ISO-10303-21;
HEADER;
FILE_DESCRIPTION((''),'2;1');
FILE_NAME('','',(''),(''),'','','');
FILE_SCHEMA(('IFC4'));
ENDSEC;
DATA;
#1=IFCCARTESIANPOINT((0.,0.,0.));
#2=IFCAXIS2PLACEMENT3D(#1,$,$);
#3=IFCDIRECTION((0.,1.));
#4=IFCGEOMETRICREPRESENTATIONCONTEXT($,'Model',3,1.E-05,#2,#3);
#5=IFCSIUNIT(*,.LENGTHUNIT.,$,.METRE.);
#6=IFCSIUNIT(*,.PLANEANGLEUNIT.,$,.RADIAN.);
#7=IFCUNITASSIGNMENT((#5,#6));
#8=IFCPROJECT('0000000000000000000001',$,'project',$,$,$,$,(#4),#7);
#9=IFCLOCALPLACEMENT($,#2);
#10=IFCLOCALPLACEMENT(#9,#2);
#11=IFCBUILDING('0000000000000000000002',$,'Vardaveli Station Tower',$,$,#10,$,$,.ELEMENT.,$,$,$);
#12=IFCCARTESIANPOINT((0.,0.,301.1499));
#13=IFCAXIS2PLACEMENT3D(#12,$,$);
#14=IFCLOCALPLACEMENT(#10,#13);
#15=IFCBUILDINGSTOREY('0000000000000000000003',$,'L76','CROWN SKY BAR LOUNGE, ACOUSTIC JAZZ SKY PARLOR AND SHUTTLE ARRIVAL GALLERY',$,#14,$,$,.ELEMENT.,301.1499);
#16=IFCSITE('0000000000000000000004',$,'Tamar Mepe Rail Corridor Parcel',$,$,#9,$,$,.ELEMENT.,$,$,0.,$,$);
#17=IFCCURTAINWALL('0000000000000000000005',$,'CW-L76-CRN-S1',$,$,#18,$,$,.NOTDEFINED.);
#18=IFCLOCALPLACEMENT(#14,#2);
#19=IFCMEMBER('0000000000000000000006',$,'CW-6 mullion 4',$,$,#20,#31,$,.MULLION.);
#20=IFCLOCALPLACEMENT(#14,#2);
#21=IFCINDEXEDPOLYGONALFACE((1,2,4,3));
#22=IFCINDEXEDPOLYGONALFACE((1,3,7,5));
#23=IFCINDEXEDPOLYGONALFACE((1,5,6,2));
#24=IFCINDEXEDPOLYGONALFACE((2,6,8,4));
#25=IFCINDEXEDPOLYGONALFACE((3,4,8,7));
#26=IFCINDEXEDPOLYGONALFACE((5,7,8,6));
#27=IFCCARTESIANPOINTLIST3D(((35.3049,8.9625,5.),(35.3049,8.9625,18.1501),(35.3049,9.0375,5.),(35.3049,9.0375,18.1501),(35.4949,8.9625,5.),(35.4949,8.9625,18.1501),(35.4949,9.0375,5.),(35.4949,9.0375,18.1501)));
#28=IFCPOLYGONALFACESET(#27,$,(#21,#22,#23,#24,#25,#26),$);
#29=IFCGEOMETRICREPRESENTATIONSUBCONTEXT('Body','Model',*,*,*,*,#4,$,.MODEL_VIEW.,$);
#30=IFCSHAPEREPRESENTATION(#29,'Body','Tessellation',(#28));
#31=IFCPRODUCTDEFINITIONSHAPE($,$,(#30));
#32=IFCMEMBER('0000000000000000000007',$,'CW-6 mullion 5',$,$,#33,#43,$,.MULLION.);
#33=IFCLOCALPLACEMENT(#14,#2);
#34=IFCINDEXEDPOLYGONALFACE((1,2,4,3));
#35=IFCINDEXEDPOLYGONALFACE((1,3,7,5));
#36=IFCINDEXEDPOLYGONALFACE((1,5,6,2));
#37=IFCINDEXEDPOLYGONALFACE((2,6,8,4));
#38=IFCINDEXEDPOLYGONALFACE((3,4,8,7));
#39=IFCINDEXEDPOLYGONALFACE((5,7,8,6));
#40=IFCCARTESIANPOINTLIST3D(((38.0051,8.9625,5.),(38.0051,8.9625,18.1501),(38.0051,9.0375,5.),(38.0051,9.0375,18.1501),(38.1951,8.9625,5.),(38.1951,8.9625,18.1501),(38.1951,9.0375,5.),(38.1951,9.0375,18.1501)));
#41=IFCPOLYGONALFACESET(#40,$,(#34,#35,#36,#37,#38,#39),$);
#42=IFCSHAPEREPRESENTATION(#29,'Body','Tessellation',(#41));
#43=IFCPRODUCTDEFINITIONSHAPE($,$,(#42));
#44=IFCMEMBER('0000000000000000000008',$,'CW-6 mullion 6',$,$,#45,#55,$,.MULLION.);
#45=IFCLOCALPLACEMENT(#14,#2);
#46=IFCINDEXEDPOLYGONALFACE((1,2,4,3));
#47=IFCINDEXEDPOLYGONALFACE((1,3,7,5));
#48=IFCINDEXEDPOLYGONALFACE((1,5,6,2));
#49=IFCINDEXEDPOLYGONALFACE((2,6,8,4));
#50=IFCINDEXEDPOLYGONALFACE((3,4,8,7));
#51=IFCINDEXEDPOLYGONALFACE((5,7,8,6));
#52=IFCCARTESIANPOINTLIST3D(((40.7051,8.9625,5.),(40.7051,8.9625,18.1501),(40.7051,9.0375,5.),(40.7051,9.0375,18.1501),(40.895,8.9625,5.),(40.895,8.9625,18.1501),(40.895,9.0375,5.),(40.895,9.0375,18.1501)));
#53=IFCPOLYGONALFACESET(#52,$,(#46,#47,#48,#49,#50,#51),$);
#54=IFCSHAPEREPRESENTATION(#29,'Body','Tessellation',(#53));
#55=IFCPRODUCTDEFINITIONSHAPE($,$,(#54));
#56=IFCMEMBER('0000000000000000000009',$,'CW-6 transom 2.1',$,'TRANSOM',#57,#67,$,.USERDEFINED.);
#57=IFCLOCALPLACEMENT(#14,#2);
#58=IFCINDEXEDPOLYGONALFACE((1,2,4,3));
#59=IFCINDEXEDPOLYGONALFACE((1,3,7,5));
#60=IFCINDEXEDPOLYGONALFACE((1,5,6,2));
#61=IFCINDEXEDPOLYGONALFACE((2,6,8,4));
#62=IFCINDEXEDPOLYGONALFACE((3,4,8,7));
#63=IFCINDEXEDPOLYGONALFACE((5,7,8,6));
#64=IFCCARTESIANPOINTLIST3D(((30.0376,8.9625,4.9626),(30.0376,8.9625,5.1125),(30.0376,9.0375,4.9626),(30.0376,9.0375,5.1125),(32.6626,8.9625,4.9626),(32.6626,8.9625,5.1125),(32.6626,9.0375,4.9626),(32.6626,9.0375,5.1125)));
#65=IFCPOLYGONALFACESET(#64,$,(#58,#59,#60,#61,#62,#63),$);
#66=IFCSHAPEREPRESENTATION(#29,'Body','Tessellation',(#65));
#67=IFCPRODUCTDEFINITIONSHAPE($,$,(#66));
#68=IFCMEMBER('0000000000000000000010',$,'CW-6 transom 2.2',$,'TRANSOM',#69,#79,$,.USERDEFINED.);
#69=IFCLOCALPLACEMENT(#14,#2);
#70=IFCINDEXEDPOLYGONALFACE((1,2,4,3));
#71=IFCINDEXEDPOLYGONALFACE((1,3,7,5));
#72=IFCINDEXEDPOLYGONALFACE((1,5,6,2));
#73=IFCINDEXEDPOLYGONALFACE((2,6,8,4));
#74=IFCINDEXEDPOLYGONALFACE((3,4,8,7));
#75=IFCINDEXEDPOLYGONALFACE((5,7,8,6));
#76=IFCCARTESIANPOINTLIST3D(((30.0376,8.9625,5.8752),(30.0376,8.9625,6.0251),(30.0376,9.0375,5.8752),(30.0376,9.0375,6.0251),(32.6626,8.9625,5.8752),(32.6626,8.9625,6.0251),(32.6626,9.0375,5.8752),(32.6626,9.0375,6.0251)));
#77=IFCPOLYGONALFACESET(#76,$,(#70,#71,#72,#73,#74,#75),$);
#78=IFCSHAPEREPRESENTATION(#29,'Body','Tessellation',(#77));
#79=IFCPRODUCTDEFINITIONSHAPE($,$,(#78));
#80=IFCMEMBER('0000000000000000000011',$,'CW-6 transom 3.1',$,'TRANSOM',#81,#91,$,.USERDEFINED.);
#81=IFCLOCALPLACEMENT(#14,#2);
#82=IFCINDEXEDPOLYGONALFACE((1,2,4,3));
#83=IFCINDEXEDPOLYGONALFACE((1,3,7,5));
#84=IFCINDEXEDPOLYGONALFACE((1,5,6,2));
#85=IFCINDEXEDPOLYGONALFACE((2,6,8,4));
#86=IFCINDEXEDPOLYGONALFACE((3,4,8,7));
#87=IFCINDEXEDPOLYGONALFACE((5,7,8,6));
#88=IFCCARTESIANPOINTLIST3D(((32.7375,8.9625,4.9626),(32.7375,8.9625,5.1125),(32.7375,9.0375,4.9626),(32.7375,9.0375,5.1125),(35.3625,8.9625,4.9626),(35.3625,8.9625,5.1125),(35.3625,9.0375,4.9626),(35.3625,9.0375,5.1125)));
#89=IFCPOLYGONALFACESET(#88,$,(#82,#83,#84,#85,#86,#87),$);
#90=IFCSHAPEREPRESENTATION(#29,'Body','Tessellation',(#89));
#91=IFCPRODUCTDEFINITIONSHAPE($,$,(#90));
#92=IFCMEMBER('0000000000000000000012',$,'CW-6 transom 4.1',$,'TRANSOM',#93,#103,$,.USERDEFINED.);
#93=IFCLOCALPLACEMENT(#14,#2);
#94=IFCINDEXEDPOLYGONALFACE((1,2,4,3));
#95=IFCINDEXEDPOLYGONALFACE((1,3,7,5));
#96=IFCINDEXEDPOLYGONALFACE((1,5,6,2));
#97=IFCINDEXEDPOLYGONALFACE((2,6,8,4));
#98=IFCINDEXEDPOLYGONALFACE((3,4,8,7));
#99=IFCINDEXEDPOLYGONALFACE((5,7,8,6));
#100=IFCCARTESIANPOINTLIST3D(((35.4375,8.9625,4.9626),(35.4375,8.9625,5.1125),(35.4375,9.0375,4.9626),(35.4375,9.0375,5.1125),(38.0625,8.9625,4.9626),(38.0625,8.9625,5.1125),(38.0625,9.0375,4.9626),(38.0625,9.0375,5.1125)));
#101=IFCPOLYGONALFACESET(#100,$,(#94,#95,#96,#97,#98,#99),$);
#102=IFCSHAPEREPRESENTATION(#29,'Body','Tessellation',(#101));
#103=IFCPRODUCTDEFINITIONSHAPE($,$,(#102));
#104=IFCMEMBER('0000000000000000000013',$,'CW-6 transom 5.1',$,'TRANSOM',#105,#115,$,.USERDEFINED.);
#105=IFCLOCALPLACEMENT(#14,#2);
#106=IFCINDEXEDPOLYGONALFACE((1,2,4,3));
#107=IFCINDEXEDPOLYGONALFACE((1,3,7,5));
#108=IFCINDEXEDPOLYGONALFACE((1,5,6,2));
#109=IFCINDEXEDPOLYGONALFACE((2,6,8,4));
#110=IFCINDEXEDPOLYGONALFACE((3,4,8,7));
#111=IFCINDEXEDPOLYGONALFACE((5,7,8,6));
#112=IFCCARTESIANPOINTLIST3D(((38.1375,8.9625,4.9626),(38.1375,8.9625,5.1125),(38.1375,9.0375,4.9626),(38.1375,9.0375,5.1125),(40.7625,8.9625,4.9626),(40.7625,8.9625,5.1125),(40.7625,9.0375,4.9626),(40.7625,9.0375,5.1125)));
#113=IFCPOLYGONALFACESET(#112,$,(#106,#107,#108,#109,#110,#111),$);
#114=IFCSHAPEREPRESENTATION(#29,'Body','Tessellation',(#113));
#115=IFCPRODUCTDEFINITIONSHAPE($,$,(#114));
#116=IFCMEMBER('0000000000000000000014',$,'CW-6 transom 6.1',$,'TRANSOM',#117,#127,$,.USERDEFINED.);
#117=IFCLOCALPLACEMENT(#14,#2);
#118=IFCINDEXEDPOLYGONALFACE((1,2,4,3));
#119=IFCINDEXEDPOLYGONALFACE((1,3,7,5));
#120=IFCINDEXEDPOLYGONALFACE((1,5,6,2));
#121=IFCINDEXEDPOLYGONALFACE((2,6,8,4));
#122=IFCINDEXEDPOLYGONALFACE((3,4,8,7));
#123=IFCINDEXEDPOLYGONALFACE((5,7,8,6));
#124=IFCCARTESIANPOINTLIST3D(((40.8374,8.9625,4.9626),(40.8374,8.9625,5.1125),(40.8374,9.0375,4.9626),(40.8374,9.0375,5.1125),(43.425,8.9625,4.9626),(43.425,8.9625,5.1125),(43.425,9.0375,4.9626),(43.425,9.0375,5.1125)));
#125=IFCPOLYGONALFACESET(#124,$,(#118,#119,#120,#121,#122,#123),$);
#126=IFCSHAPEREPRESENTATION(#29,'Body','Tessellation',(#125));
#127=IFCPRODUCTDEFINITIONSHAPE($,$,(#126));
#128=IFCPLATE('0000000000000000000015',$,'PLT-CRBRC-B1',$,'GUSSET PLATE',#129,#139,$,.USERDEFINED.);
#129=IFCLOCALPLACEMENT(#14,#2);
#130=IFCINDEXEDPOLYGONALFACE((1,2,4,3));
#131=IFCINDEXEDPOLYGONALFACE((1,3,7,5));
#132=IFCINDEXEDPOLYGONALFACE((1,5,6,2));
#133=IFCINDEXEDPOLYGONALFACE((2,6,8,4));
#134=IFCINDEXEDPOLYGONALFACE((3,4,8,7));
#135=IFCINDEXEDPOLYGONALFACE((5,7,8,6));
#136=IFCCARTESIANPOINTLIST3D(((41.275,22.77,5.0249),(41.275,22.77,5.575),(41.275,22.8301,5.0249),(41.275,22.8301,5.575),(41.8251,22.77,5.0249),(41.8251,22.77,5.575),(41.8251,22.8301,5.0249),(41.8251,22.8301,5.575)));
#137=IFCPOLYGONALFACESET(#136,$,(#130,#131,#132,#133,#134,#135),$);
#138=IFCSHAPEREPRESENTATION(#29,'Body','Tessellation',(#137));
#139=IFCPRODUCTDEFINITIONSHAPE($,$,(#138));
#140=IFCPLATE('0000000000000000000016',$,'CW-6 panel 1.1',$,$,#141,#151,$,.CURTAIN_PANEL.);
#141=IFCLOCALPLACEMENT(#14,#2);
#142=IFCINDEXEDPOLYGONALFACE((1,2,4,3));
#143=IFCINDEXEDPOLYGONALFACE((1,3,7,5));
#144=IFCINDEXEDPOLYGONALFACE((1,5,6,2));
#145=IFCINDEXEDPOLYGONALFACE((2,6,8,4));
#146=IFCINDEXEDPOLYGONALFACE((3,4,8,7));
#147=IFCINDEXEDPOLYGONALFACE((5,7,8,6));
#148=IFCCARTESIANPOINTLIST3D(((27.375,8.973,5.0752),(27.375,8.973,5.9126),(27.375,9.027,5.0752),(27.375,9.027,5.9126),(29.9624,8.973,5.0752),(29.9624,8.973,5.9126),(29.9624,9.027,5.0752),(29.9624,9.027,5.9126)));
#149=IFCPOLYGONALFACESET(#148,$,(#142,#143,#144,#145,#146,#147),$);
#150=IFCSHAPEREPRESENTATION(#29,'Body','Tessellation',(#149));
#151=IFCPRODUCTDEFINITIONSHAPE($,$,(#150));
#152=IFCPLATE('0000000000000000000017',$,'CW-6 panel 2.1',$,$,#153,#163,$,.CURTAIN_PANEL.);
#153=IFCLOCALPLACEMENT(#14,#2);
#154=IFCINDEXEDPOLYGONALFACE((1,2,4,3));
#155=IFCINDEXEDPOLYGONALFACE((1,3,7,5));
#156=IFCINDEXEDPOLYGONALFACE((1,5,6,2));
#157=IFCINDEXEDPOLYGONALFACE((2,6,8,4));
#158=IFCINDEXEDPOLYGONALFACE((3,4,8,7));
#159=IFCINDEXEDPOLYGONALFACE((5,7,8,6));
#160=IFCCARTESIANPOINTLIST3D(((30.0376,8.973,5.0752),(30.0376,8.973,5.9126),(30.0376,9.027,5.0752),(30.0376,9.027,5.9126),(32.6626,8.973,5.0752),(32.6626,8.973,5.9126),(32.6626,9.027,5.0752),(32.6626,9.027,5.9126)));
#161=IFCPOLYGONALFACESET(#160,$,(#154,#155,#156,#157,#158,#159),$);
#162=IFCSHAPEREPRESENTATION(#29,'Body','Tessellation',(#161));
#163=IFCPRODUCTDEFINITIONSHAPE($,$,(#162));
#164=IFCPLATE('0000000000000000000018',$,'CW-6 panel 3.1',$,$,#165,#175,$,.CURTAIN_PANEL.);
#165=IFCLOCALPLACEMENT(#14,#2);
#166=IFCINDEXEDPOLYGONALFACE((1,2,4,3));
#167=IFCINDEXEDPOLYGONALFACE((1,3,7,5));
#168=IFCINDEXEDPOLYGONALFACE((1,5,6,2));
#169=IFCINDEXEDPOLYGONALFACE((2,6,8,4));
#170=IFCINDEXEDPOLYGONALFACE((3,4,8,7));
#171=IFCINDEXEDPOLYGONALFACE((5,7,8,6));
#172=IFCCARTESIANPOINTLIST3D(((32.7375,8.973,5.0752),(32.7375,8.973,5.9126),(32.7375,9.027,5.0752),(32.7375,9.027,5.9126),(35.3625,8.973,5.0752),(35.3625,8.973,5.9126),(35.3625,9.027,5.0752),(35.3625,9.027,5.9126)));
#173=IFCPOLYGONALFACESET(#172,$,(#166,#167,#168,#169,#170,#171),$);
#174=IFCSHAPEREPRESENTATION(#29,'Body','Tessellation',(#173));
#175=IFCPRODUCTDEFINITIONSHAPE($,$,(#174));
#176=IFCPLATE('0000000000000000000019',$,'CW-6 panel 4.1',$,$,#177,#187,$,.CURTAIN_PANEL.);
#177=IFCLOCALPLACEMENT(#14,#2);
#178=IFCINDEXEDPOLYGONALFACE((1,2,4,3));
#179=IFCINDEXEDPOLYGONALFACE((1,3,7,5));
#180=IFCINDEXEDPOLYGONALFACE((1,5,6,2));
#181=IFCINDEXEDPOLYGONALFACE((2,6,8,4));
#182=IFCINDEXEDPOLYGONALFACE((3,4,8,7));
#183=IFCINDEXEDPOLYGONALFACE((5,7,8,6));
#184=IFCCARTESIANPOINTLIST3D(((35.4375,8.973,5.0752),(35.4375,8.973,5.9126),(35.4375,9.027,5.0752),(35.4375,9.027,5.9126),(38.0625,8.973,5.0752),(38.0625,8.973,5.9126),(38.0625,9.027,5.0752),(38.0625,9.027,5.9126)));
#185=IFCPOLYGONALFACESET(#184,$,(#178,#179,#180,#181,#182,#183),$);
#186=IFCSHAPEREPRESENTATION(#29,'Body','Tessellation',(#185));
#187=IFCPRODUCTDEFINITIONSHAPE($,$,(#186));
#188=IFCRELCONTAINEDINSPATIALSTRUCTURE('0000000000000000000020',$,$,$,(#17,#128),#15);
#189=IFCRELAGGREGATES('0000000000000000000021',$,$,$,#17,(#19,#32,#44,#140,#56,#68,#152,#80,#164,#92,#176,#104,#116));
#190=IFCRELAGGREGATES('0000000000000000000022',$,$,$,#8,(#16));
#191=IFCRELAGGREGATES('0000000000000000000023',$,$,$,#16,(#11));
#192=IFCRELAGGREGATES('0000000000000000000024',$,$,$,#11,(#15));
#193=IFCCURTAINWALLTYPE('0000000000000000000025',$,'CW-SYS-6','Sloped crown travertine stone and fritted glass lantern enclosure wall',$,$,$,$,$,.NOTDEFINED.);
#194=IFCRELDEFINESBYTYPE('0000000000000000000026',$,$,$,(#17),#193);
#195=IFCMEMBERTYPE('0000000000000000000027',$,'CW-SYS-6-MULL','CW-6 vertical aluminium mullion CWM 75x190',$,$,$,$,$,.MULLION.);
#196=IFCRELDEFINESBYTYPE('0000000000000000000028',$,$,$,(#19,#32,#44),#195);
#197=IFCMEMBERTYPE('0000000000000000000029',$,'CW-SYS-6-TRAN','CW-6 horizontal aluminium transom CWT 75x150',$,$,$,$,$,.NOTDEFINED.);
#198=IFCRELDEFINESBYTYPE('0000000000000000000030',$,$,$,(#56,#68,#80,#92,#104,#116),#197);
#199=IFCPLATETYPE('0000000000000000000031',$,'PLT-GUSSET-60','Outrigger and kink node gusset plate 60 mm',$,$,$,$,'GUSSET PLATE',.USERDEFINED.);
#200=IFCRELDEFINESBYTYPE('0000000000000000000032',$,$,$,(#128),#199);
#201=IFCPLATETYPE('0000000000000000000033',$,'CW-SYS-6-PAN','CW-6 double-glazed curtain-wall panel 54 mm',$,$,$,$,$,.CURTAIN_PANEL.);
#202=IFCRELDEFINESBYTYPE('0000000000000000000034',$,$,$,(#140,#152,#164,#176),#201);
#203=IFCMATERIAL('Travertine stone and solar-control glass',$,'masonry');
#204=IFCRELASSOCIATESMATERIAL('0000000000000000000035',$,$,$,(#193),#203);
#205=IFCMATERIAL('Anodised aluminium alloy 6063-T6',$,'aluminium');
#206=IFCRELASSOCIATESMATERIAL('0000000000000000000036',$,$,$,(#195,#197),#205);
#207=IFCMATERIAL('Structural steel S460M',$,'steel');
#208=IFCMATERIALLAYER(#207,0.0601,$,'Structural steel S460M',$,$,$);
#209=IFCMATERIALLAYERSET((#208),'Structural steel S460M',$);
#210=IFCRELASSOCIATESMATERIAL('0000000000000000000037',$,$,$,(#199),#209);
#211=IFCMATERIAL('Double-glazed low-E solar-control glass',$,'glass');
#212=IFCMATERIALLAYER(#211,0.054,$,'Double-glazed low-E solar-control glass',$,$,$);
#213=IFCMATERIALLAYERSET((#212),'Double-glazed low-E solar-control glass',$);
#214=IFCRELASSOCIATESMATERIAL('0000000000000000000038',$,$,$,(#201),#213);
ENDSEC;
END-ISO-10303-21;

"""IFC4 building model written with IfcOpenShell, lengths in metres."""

from ifc_helpers import new_model, si_unit, direction, frame, origin, origin_2d, place, context, subcontext, project, spatial, rectangle, extrude, source, transform, mapped, material, layer, layer_set, material_profile, profile_set, type_object, element, aggregate, save


model = new_model("IFC4")

# Units and contexts
model_context = context("Model", 3, precision=1e-05, world=origin(), true_north=direction((0.0, 1.0)))
body_context = subcontext(model_context, "Body", "Model", "MODEL_VIEW")
ifc_project = project(units=[si_unit("LENGTHUNIT", "METRE"), si_unit("PLANEANGLEUNIT", "RADIAN")], contexts=[model_context])

# Site, building, storey
site_placement = place(None, origin())
site = spatial("IfcSite", under=ifc_project, at=site_placement, Name="Tamar Mepe Rail Corridor Parcel", CompositionType="ELEMENT", RefElevation=0.0)
building_placement = place(site_placement, origin())
building = spatial("IfcBuilding", under=site, at=building_placement, Name="Vardaveli Station Tower", CompositionType="ELEMENT")
storey_placement = place(building_placement, frame((0.0, 0.0, 301.1499)))
storey = spatial("IfcBuildingStorey", under=building, at=storey_placement, Name="L76", Description="CROWN SKY BAR LOUNGE, ACOUSTIC JAZZ SKY PARLOR AND SHUTTLE ARRIVAL GALLERY", CompositionType="ELEMENT", Elevation=301.1499)

# Shared definitions
ifc_material_1 = material(Name="Structural steel S460M", Category="steel")

# Curtain wall, members
ifc_material_2 = material(Name="Travertine stone and solar-control glass", Category="masonry")
curtain_wall_type = type_object("IfcCurtainWallType", Name="CW-SYS-6", Description="Sloped crown travertine stone and fritted glass lantern enclosure wall", PredefinedType="NOTDEFINED", material=ifc_material_2)
curtain_wall_placement = place(storey_placement, origin())
curtain_wall = element("IfcCurtainWall", 1, at=curtain_wall_placement, inside=storey, type_object=curtain_wall_type, Name="CW-L76-CRN-S1", PredefinedType="NOTDEFINED")
ifc_material_3 = material(Name="Anodised aluminium alloy 6063-T6", Category="aluminium")
ifc_material_profile_1 = material_profile(ifc_material_3, rectangle(XDim=0.075, YDim=0.1899, at=origin_2d()), Name="CWM 75x190")
ifc_profile_set_1 = profile_set([ifc_material_profile_1], Name="Anodised aluminium alloy 6063-T6")
member_type_1 = type_object("IfcMemberType", Name="CW-SYS-6-MULL", Description="CW-6 vertical aluminium mullion CWM 75x190", PredefinedType="MULLION", material=ifc_profile_set_1)
shared_shape_1 = source(origin(), body_context, "Body", "SweptSolid", [
    extrude(rectangle(XDim=0.075, YDim=0.1899, at=origin_2d()), origin(), (0.0, 0.0, 1.0), 13.1501),
])
member_1_placement = place(storey_placement, frame((35.3999, 9.0, 5.0), z_axis=(0.0, 0.0, 1.0), x_axis=(0.0, 1.0, 0.0)))
member_1 = element("IfcMember", 2, at=member_1_placement, type_object=member_type_1, Name="CW-6 mullion 4", PredefinedType="MULLION", context=body_context, shape_type="MappedRepresentation", body=[
    mapped(shared_shape_1, transform((0.0, 0.0, 0.0), scale=1.0)),
])
member_2_placement = place(storey_placement, frame((38.1001, 9.0, 5.0), z_axis=(0.0, 0.0, 1.0), x_axis=(0.0, 1.0, 0.0)))
member_2 = element("IfcMember", 3, at=member_2_placement, type_object=member_type_1, Name="CW-6 mullion 5", PredefinedType="MULLION", context=body_context, shape_type="MappedRepresentation", body=[
    mapped(shared_shape_1, transform((0.0, 0.0, 0.0), scale=1.0)),
])
member_3_placement = place(storey_placement, frame((40.8, 9.0, 5.0), z_axis=(0.0, 0.0, 1.0), x_axis=(0.0, 1.0, 0.0)))
member_3 = element("IfcMember", 4, at=member_3_placement, type_object=member_type_1, Name="CW-6 mullion 6", PredefinedType="MULLION", context=body_context, shape_type="MappedRepresentation", body=[
    mapped(shared_shape_1, transform((0.0, 0.0, 0.0), scale=1.0)),
])
ifc_material_profile_2 = material_profile(ifc_material_3, rectangle(XDim=0.075, YDim=0.1499, at=origin_2d()), Name="CWT 75x150")
ifc_profile_set_2 = profile_set([ifc_material_profile_2], Name="Anodised aluminium alloy 6063-T6")
member_type_2 = type_object("IfcMemberType", Name="CW-SYS-6-TRAN", Description="CW-6 horizontal aluminium transom CWT 75x150", PredefinedType="NOTDEFINED", material=ifc_profile_set_2)
shared_shape_2 = source(origin(), body_context, "Body", "SweptSolid", [
    extrude(rectangle(XDim=0.075, YDim=0.1499, at=origin_2d()), origin(), (0.0, 0.0, 1.0), 2.625),
])
member_4_placement = place(storey_placement, frame((30.0376, 9.0, 5.0376), z_axis=(1.0, 0.0, 0.0), x_axis=(0.0, 1.0, 0.0)))
member_4 = element("IfcMember", 5, at=member_4_placement, type_object=member_type_2, Name="CW-6 transom 2.1", ObjectType="TRANSOM", PredefinedType="USERDEFINED", context=body_context, shape_type="MappedRepresentation", body=[
    mapped(shared_shape_2, transform((0.0, 0.0, 0.0), scale=1.0)),
])
member_5_placement = place(storey_placement, frame((30.0376, 9.0, 5.9502), z_axis=(1.0, 0.0, 0.0), x_axis=(0.0, 1.0, 0.0)))
member_5 = element("IfcMember", 6, at=member_5_placement, type_object=member_type_2, Name="CW-6 transom 2.2", ObjectType="TRANSOM", PredefinedType="USERDEFINED", context=body_context, shape_type="MappedRepresentation", body=[
    mapped(shared_shape_2, transform((0.0, 0.0, 0.0), scale=1.0)),
])
member_6_placement = place(storey_placement, frame((32.7375, 9.0, 5.0376), z_axis=(1.0, 0.0, 0.0), x_axis=(0.0, 1.0, 0.0)))
member_6 = element("IfcMember", 7, at=member_6_placement, type_object=member_type_2, Name="CW-6 transom 3.1", ObjectType="TRANSOM", PredefinedType="USERDEFINED", context=body_context, shape_type="MappedRepresentation", body=[
    mapped(shared_shape_2, transform((0.0, 0.0, 0.0), scale=1.0)),
])
member_7_placement = place(storey_placement, frame((35.4375, 9.0, 5.0376), z_axis=(1.0, 0.0, 0.0), x_axis=(0.0, 1.0, 0.0)))
member_7 = element("IfcMember", 8, at=member_7_placement, type_object=member_type_2, Name="CW-6 transom 4.1", ObjectType="TRANSOM", PredefinedType="USERDEFINED", context=body_context, shape_type="MappedRepresentation", body=[
    mapped(shared_shape_2, transform((0.0, 0.0, 0.0), scale=1.0)),
])
member_8_placement = place(storey_placement, frame((38.1375, 9.0, 5.0376), z_axis=(1.0, 0.0, 0.0), x_axis=(0.0, 1.0, 0.0)))
member_8 = element("IfcMember", 9, at=member_8_placement, type_object=member_type_2, Name="CW-6 transom 5.1", ObjectType="TRANSOM", PredefinedType="USERDEFINED", context=body_context, shape_type="MappedRepresentation", body=[
    mapped(shared_shape_2, transform((0.0, 0.0, 0.0), scale=1.0)),
])
shared_shape_3 = source(origin(), body_context, "Body", "SweptSolid", [
    extrude(rectangle(XDim=0.075, YDim=0.1499, at=origin_2d()), origin(), (0.0, 0.0, 1.0), 2.5876),
])
member_9_placement = place(storey_placement, frame((40.8374, 9.0, 5.0376), z_axis=(1.0, 0.0, 0.0), x_axis=(0.0, 1.0, 0.0)))
member_9 = element("IfcMember", 10, at=member_9_placement, type_object=member_type_2, Name="CW-6 transom 6.1", ObjectType="TRANSOM", PredefinedType="USERDEFINED", context=body_context, shape_type="MappedRepresentation", body=[
    mapped(shared_shape_3, transform((0.0, 0.0, 0.0), scale=1.0)),
])

# Plates
ifc_layer_1 = layer(ifc_material_1, 0.0601, Name="Structural steel S460M")
ifc_layer_set_1 = layer_set([ifc_layer_1], Name="Structural steel S460M")
plate_type_1 = type_object("IfcPlateType", Name="PLT-GUSSET-60", Description="Outrigger and kink node gusset plate 60 mm", ElementType="GUSSET PLATE", PredefinedType="USERDEFINED", material=ifc_layer_set_1)
shared_shape_4 = source(origin(), body_context, "Body", "SweptSolid", [
    extrude(rectangle(XDim=0.55, YDim=0.0601, at=origin_2d()), origin(), (0.0, 0.0, 1.0), 0.55),
])
plate_1_placement = place(storey_placement, frame((41.55, 22.8, 5.0249), z_axis=(0.0, 0.0, 1.0), x_axis=(1.0, 0.0, 0.0)))
element("IfcPlate", 11, at=plate_1_placement, inside=storey, type_object=plate_type_1, Name="PLT-CRBRC-B1", ObjectType="GUSSET PLATE", PredefinedType="USERDEFINED", context=body_context, shape_type="MappedRepresentation", body=[
    mapped(shared_shape_4, transform((0.0, 0.0, 0.0), scale=1.0)),
])
ifc_material_4 = material(Name="Double-glazed low-E solar-control glass", Category="glass")
ifc_layer_2 = layer(ifc_material_4, 0.054, Name="Double-glazed low-E solar-control glass")
ifc_layer_set_2 = layer_set([ifc_layer_2], Name="Double-glazed low-E solar-control glass")
plate_type_2 = type_object("IfcPlateType", Name="CW-SYS-6-PAN", Description="CW-6 double-glazed curtain-wall panel 54 mm", PredefinedType="CURTAIN_PANEL", material=ifc_layer_set_2)
shared_shape_5 = source(origin(), body_context, "Body", "SweptSolid", [
    extrude(rectangle(XDim=2.5874, YDim=0.054, at=origin_2d()), origin(), (0.0, 0.0, 1.0), 0.8374),
])
plate_2_placement = place(storey_placement, frame((28.6687, 9.0, 5.0752), z_axis=(0.0, 0.0, 1.0), x_axis=(1.0, 0.0, 0.0)))
plate_2 = element("IfcPlate", 12, at=plate_2_placement, type_object=plate_type_2, Name="CW-6 panel 1.1", PredefinedType="CURTAIN_PANEL", context=body_context, shape_type="MappedRepresentation", body=[
    mapped(shared_shape_5, transform((0.0, 0.0, 0.0), scale=1.0)),
])
shared_shape_6 = source(origin(), body_context, "Body", "SweptSolid", [
    extrude(rectangle(XDim=2.625, YDim=0.054, at=origin_2d()), origin(), (0.0, 0.0, 1.0), 0.8374),
])
plate_3_placement = place(storey_placement, frame((31.3501, 9.0, 5.0752), z_axis=(0.0, 0.0, 1.0), x_axis=(1.0, 0.0, 0.0)))
plate_3 = element("IfcPlate", 13, at=plate_3_placement, type_object=plate_type_2, Name="CW-6 panel 2.1", PredefinedType="CURTAIN_PANEL", context=body_context, shape_type="MappedRepresentation", body=[
    mapped(shared_shape_6, transform((0.0, 0.0, 0.0), scale=1.0)),
])
plate_4_placement = place(storey_placement, frame((34.05, 9.0, 5.0752), z_axis=(0.0, 0.0, 1.0), x_axis=(1.0, 0.0, 0.0)))
plate_4 = element("IfcPlate", 14, at=plate_4_placement, type_object=plate_type_2, Name="CW-6 panel 3.1", PredefinedType="CURTAIN_PANEL", context=body_context, shape_type="MappedRepresentation", body=[
    mapped(shared_shape_6, transform((0.0, 0.0, 0.0), scale=1.0)),
])
plate_5_placement = place(storey_placement, frame((36.75, 9.0, 5.0752), z_axis=(0.0, 0.0, 1.0), x_axis=(1.0, 0.0, 0.0)))
plate_5 = element("IfcPlate", 15, at=plate_5_placement, type_object=plate_type_2, Name="CW-6 panel 4.1", PredefinedType="CURTAIN_PANEL", context=body_context, shape_type="MappedRepresentation", body=[
    mapped(shared_shape_6, transform((0.0, 0.0, 0.0), scale=1.0)),
])
aggregate(curtain_wall, [member_1, member_2, member_3, plate_2, member_4, member_5, plate_3, member_6, plate_4, member_7, plate_5, member_8, member_9])

save(model, "model.ifc")
